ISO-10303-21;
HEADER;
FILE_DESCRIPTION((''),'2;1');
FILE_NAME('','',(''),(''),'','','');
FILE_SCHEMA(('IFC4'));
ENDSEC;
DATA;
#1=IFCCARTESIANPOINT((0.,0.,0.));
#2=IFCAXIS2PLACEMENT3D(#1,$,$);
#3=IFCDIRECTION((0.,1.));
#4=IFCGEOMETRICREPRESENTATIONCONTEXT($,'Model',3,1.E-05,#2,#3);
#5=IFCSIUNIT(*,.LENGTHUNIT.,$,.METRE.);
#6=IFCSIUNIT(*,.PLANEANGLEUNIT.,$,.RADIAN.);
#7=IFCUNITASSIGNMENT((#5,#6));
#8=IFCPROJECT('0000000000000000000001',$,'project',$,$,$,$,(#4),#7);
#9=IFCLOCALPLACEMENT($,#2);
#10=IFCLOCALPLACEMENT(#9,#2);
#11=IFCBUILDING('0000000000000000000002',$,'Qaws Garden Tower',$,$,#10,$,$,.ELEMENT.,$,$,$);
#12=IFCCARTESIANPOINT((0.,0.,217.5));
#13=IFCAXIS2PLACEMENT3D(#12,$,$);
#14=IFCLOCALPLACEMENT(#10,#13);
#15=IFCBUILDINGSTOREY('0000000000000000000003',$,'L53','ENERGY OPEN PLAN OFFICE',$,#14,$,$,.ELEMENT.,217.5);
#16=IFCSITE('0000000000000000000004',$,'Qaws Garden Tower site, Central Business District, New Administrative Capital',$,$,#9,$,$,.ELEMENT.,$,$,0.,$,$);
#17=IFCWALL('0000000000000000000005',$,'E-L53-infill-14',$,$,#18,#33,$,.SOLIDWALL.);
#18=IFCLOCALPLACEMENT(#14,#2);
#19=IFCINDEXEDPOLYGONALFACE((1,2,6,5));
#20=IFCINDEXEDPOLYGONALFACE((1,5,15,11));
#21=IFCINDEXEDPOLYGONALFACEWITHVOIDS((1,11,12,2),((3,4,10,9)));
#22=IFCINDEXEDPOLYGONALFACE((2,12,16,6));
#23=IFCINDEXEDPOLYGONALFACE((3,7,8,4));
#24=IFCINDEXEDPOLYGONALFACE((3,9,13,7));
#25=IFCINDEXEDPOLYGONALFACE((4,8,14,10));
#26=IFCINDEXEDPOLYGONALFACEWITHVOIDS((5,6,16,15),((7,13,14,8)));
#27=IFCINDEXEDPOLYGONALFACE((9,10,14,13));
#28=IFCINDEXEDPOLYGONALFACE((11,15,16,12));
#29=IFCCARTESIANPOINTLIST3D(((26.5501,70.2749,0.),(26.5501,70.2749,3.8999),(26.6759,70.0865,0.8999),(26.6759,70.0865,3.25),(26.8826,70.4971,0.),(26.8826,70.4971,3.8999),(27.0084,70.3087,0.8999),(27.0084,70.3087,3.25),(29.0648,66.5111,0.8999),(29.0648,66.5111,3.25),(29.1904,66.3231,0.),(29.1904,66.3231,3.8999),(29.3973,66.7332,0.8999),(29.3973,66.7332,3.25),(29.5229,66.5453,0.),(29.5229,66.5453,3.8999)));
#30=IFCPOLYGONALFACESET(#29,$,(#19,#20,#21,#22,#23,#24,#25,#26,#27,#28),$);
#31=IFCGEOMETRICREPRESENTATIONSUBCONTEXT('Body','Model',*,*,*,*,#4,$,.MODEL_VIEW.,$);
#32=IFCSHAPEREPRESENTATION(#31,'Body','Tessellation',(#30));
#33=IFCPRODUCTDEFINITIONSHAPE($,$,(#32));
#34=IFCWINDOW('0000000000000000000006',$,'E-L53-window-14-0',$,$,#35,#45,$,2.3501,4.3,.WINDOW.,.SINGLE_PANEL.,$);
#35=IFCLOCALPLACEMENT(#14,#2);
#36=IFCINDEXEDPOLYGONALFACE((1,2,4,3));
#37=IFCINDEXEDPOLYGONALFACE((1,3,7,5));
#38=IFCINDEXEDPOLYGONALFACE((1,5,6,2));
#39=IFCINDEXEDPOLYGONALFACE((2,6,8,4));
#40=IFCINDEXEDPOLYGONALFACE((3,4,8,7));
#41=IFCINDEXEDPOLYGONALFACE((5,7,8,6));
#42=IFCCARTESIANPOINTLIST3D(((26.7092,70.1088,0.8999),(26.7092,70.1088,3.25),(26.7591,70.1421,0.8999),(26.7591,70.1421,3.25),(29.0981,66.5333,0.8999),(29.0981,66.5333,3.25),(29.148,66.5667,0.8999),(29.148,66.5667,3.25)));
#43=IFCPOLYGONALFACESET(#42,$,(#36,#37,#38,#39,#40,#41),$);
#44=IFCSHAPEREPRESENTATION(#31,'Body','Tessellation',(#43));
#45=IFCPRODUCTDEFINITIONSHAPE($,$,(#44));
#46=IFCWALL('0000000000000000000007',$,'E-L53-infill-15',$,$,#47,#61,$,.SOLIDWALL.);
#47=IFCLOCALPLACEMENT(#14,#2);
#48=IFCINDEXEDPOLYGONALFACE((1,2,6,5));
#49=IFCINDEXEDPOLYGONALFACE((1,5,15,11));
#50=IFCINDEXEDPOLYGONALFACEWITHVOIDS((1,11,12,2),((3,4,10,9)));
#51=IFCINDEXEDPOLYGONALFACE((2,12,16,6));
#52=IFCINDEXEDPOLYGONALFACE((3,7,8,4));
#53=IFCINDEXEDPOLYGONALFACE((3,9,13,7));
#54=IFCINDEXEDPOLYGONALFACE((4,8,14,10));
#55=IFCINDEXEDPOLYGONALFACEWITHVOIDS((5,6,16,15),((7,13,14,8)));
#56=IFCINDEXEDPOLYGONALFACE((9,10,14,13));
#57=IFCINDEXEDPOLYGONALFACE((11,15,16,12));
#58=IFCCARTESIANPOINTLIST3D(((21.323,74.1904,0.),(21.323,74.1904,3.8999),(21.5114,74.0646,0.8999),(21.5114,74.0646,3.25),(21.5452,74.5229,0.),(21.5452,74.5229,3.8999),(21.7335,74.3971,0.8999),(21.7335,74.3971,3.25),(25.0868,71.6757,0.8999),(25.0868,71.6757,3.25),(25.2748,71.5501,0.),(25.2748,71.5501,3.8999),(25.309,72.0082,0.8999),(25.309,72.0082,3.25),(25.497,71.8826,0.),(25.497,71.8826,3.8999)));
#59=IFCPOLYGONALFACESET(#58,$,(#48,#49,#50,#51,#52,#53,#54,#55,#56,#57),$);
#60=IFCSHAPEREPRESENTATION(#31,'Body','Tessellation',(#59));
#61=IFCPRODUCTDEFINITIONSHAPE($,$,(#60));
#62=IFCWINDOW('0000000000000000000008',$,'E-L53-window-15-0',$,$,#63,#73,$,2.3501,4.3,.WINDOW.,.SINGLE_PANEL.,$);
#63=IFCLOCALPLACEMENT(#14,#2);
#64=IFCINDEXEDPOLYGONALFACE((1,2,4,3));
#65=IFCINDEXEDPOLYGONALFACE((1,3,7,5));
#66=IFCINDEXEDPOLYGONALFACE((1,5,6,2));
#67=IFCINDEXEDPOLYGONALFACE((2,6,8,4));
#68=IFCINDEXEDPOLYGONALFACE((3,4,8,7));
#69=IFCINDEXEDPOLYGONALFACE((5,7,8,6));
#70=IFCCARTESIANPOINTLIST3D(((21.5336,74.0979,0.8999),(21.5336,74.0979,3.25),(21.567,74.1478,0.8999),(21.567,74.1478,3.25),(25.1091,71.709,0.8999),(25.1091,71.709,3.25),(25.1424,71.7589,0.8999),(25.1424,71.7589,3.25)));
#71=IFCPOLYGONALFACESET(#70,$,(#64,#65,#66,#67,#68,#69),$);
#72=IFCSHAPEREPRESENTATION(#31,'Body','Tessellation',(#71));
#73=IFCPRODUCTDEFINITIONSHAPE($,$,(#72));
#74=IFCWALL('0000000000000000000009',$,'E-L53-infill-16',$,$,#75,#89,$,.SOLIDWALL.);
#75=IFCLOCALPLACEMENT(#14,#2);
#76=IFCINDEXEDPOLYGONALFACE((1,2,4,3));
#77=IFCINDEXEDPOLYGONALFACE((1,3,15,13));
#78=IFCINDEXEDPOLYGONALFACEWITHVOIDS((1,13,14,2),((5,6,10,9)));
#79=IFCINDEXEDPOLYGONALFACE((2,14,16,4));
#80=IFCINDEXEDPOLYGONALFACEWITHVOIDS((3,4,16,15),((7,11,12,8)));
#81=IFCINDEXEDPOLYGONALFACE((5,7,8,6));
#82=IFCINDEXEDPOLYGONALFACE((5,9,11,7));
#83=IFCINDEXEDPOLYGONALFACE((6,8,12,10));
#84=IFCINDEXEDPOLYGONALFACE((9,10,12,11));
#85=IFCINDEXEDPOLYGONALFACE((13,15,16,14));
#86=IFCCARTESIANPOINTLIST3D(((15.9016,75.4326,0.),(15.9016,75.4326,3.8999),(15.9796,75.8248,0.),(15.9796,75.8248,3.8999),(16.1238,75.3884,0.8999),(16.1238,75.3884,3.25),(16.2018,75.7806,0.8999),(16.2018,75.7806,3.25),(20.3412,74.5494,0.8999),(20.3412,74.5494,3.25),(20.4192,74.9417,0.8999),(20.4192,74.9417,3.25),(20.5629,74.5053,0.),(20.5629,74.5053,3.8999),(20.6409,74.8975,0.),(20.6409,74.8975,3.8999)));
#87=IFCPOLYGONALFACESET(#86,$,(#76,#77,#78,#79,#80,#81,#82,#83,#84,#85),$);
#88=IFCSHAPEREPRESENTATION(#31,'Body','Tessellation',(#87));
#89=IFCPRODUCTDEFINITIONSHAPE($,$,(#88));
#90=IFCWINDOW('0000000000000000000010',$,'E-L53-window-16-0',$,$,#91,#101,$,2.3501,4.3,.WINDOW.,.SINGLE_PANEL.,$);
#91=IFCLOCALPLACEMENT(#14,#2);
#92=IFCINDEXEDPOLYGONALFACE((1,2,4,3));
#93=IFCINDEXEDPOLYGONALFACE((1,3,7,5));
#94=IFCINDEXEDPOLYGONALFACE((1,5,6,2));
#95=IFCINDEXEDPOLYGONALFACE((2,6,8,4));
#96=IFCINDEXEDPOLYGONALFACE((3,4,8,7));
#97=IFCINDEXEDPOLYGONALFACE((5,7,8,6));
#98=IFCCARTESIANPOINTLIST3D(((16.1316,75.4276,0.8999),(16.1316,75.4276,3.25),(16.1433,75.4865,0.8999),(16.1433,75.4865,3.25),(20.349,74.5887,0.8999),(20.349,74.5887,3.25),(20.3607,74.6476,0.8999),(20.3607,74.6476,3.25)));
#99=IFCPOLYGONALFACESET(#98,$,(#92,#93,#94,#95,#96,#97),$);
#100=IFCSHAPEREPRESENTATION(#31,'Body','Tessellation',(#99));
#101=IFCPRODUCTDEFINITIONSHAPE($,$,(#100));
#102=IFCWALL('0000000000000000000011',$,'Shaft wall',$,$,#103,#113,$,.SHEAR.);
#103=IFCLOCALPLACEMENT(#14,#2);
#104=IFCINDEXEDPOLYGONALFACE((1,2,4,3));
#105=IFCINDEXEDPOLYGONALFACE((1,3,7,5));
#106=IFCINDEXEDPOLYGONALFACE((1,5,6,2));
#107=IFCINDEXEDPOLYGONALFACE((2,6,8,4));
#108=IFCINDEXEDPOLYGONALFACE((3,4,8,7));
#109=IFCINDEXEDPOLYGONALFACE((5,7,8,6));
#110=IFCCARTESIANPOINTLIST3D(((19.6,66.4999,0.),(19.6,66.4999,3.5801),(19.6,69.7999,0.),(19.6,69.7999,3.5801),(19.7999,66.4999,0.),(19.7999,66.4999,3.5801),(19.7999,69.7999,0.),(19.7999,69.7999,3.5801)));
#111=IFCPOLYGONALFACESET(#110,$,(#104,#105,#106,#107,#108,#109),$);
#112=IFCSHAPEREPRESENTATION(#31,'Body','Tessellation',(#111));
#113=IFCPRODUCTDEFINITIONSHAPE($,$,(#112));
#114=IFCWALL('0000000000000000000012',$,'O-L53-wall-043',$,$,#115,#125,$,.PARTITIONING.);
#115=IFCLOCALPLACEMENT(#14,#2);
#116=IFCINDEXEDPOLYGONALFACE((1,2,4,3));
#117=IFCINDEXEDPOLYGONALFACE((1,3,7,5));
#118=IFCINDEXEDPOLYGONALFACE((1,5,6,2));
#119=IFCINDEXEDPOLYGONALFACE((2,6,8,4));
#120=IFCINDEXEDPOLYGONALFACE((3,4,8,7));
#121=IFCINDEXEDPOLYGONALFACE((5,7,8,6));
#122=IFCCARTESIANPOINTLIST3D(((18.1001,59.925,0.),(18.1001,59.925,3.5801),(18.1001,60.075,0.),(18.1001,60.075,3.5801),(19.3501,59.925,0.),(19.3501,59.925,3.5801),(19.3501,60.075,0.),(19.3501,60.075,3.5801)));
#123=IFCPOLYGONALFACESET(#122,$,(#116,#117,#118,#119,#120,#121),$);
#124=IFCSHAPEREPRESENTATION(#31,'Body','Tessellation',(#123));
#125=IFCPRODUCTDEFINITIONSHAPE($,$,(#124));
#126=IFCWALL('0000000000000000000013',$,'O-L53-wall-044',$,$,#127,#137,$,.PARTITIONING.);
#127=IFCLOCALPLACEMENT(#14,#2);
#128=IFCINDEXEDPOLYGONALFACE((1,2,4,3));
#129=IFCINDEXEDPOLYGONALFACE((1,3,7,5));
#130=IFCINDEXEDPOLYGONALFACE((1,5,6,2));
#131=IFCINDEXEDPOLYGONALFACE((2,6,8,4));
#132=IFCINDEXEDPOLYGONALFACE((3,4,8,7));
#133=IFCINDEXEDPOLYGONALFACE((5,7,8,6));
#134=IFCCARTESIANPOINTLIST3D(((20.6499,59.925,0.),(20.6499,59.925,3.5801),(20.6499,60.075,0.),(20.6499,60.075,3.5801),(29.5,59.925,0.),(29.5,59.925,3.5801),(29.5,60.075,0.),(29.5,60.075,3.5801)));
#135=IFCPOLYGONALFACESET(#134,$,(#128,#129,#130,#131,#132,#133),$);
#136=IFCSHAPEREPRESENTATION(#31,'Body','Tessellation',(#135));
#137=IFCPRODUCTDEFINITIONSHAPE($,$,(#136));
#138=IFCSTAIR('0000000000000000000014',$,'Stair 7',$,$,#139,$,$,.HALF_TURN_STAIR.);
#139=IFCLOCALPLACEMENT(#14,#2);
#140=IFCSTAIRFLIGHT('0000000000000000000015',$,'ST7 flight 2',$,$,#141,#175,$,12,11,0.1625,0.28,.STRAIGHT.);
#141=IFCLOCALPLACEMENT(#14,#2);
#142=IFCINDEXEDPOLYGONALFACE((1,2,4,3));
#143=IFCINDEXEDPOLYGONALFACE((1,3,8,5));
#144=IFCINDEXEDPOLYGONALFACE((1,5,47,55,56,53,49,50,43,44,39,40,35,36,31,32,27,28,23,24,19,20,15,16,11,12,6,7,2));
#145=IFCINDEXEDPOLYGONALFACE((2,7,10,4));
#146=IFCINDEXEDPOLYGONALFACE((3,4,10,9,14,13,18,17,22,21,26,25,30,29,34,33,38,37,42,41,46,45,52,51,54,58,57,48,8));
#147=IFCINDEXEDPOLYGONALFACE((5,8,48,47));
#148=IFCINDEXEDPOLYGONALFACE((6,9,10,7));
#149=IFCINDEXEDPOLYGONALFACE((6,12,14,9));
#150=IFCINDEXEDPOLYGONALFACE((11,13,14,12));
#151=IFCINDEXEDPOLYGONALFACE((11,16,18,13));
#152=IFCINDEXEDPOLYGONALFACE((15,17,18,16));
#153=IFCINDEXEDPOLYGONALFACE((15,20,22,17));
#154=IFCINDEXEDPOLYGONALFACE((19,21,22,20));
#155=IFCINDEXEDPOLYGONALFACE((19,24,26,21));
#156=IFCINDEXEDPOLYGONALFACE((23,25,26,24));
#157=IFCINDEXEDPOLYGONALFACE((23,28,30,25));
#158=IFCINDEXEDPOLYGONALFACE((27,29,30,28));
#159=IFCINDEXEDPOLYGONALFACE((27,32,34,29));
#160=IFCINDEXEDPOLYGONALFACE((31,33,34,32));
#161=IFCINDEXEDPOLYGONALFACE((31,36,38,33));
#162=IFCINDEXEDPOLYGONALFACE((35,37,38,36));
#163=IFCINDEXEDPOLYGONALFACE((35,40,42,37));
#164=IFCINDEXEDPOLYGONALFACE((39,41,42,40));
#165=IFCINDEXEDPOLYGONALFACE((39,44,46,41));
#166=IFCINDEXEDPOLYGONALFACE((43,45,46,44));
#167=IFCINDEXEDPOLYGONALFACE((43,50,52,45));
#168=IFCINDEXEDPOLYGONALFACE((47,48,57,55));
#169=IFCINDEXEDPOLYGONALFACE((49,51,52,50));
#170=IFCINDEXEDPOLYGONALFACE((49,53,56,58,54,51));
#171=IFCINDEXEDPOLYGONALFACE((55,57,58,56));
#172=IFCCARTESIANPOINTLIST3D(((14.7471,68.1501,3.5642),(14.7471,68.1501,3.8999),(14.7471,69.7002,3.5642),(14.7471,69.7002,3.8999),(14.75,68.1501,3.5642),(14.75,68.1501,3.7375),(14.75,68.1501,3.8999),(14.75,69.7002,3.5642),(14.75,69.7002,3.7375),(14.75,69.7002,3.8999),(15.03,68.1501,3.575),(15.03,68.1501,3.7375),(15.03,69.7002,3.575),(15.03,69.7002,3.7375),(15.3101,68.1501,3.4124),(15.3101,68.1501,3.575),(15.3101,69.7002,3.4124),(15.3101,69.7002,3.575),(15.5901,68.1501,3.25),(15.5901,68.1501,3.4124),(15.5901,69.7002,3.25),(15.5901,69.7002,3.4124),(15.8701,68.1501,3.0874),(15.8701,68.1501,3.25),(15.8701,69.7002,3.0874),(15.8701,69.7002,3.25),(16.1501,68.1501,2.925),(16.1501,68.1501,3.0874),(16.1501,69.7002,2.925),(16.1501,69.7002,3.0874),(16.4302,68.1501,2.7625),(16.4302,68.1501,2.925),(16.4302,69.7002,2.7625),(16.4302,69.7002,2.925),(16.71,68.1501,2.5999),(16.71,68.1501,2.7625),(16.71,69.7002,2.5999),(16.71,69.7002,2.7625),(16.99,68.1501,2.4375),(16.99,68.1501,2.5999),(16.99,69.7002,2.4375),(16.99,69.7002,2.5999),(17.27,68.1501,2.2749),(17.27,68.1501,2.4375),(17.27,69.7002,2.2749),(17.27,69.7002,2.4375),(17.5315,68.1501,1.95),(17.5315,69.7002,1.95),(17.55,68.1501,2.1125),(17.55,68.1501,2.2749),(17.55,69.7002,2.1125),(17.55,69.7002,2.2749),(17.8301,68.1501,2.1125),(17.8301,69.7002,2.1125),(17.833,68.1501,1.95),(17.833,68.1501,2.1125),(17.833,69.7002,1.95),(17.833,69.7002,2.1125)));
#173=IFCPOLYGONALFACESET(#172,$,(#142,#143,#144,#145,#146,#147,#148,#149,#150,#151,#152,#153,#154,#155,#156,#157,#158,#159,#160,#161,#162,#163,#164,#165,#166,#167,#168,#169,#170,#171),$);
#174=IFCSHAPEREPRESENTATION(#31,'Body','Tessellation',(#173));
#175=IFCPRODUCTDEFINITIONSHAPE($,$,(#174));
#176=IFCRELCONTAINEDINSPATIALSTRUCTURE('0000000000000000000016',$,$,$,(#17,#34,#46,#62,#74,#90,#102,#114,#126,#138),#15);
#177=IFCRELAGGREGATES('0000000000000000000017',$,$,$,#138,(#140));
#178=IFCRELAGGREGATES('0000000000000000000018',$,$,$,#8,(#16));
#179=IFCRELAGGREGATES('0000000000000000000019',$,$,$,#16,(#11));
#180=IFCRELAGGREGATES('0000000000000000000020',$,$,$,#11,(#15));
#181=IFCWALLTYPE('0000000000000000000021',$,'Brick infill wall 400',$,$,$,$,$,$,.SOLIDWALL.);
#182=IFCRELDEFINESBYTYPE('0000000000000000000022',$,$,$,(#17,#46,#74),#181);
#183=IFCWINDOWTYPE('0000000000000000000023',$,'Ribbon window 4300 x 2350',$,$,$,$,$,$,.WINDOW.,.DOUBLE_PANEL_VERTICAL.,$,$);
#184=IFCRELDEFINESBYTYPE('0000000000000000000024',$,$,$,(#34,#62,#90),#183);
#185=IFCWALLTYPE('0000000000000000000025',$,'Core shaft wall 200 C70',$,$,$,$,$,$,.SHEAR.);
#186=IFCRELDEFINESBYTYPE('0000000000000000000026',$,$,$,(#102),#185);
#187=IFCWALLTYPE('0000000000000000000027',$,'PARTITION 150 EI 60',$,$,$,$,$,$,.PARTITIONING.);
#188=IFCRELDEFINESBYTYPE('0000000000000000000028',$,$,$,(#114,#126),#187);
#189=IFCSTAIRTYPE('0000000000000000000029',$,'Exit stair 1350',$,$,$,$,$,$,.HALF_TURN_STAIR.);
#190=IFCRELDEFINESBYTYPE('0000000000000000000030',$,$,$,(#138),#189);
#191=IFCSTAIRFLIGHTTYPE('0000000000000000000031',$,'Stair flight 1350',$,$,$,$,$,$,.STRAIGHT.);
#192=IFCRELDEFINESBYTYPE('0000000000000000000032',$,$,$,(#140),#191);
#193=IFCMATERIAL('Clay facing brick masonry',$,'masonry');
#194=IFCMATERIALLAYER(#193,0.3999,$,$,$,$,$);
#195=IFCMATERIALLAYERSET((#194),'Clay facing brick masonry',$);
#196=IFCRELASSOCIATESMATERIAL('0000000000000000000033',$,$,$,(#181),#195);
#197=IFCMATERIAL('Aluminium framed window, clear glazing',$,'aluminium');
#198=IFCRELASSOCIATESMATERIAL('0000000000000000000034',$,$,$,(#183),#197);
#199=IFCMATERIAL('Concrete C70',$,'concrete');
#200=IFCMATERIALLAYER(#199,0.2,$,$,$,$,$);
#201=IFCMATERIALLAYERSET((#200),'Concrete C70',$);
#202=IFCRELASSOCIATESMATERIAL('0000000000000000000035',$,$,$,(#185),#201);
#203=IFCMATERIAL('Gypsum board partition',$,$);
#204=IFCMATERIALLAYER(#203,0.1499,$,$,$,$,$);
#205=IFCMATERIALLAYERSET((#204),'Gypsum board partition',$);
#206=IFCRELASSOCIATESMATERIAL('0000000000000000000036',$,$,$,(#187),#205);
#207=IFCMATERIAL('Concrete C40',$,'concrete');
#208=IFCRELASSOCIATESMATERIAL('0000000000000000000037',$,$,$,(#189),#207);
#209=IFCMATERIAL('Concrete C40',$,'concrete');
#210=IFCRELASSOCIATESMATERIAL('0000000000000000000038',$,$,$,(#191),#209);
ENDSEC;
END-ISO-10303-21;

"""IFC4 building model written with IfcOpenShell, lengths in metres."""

from ifc_helpers import new_model, si_unit, direction, frame, frame_2d, origin, place, context, subcontext, project, spatial, polyline, rectangle, outline, extrude, material, layer, layer_set, type_object, element, fill, aggregate, save


model = new_model("IFC4")

# Units and contexts
model_context = context("Model", 3, precision=1e-05, world=origin(), true_north=direction((0.0, 1.0)))
body_context = subcontext(model_context, "Body", "Model", "MODEL_VIEW")
ifc_project = project(units=[si_unit("LENGTHUNIT", "METRE"), si_unit("PLANEANGLEUNIT", "RADIAN")], contexts=[model_context])

# Site, building, storey
site_placement = place(None, origin())
site = spatial("IfcSite", under=ifc_project, at=site_placement, Name="Qaws Garden Tower site, Central Business District, New Administrative Capital", CompositionType="ELEMENT", RefElevation=0.0)
building_placement = place(site_placement, origin())
building = spatial("IfcBuilding", under=site, at=building_placement, Name="Qaws Garden Tower", CompositionType="ELEMENT")
storey_placement = place(building_placement, frame((0.0, 0.0, 217.5)))
storey = spatial("IfcBuildingStorey", under=building, at=storey_placement, Name="L53", Description="ENERGY OPEN PLAN OFFICE", CompositionType="ELEMENT", Elevation=217.5)

# Walls, openings, windows
ifc_material_1 = material(Name="Clay facing brick masonry", Category="masonry")
ifc_layer_1 = layer(ifc_material_1, 0.3999)
ifc_layer_set_1 = layer_set([ifc_layer_1], Name="Clay facing brick masonry")
wall_type_1 = type_object("IfcWallType", Name="Brick infill wall 400", PredefinedType="SOLIDWALL", material=ifc_layer_set_1)
ifc_material_2 = material(Name="Aluminium framed window, clear glazing", Category="aluminium")
window_type = type_object("IfcWindowType", Name="Ribbon window 4300 x 2350", PartitioningType="DOUBLE_PANEL_VERTICAL", PredefinedType="WINDOW", material=ifc_material_2)
wall_1_placement = place(storey_placement, frame((29.3567, 66.4341, 0.0), z_axis=(0.0, 0.0, 1.0), x_axis=(-0.555542, 0.831489, 0.0)))
wall_1 = element("IfcWall", 1, at=wall_1_placement, inside=storey, type_object=wall_type_1, Name="E-L53-infill-14", PredefinedType="SOLIDWALL", context=body_context, shape_type="SweptSolid", body=[
    extrude(rectangle(XDim=4.7527, YDim=0.3999, at=frame_2d((2.3765, 0.0))), origin(), (0.0, 0.0, 1.0), 3.8999),
])
opening_1_placement = place(wall_1_placement, frame((0.2263, 0.0, 0.8999)))
opening_1 = element("IfcOpeningElement", 2, at=opening_1_placement, cuts=wall_1, PredefinedType="OPENING", context=body_context, shape_type="SweptSolid", body=[
    extrude(rectangle(XDim=4.3, YDim=2.3501, at=frame_2d((2.1499, 1.175))), frame((0.0, 0.21, 0.0), z_axis=(0.0, -1.0, 0.0), x_axis=(1.0, 0.0, 0.0)), (0.0, 0.0, 1.0), 0.4199),
])
window_1_placement = place(opening_1_placement, origin())
window_1 = element("IfcWindow", 3, at=window_1_placement, inside=storey, type_object=window_type, Name="E-L53-window-14-0", OverallHeight=2.3501, OverallWidth=4.3, PartitioningType="SINGLE_PANEL", PredefinedType="WINDOW", context=body_context, shape_type="SweptSolid", body=[
    extrude(rectangle(XDim=4.3, YDim=2.3501, at=frame_2d((2.1499, 1.175))), frame((0.0, 0.1599, 0.0), z_axis=(0.0, -1.0, 0.0), x_axis=(1.0, 0.0, 0.0)), (0.0, 0.0, 1.0), 0.0601),
])
fill(opening_1, window_1)
wall_2_placement = place(storey_placement, frame((25.386, 71.7163, 0.0), z_axis=(0.0, 0.0, 1.0), x_axis=(-0.831489, 0.555542, 0.0)))
wall_2 = element("IfcWall", 4, at=wall_2_placement, inside=storey, type_object=wall_type_1, Name="E-L53-infill-15", PredefinedType="SOLIDWALL", context=body_context, shape_type="SweptSolid", body=[
    extrude(rectangle(XDim=4.7527, YDim=0.3999, at=frame_2d((2.3765, 0.0))), origin(), (0.0, 0.0, 1.0), 3.8999),
])
opening_2_placement = place(wall_2_placement, frame((0.2263, 0.0, 0.8999)))
opening_2 = element("IfcOpeningElement", 5, at=opening_2_placement, cuts=wall_2, PredefinedType="OPENING", context=body_context, shape_type="SweptSolid", body=[
    extrude(rectangle(XDim=4.3, YDim=2.3501, at=frame_2d((2.1499, 1.175))), frame((0.0, 0.21, 0.0), z_axis=(0.0, -1.0, 0.0), x_axis=(1.0, 0.0, 0.0)), (0.0, 0.0, 1.0), 0.4199),
])
window_2_placement = place(opening_2_placement, origin())
window_2 = element("IfcWindow", 6, at=window_2_placement, inside=storey, type_object=window_type, Name="E-L53-window-15-0", OverallHeight=2.3501, OverallWidth=4.3, PartitioningType="SINGLE_PANEL", PredefinedType="WINDOW", context=body_context, shape_type="SweptSolid", body=[
    extrude(rectangle(XDim=4.3, YDim=2.3501, at=frame_2d((2.1499, 1.175))), frame((0.0, 0.1599, 0.0), z_axis=(0.0, -1.0, 0.0), x_axis=(1.0, 0.0, 0.0)), (0.0, 0.0, 1.0), 0.0601),
])
fill(opening_2, window_2)
wall_3_placement = place(storey_placement, frame((20.6021, 74.7014, 0.0), z_axis=(0.0, 0.0, 1.0), x_axis=(-0.980784, 0.195099, 0.0)))
wall_3 = element("IfcWall", 7, at=wall_3_placement, inside=storey, type_object=wall_type_1, Name="E-L53-infill-16", PredefinedType="SOLIDWALL", context=body_context, shape_type="SweptSolid", body=[
    extrude(rectangle(XDim=4.7527, YDim=0.3999, at=frame_2d((2.3765, 0.0))), origin(), (0.0, 0.0, 1.0), 3.8999),
])
opening_3_placement = place(wall_3_placement, frame((0.2263, 0.0, 0.8999)))
opening_3 = element("IfcOpeningElement", 8, at=opening_3_placement, cuts=wall_3, PredefinedType="OPENING", context=body_context, shape_type="SweptSolid", body=[
    extrude(rectangle(XDim=4.3, YDim=2.3501, at=frame_2d((2.1499, 1.175))), frame((0.0, 0.21, 0.0), z_axis=(0.0, -1.0, 0.0), x_axis=(1.0, 0.0, 0.0)), (0.0, 0.0, 1.0), 0.4199),
])
window_3_placement = place(opening_3_placement, origin())
window_3 = element("IfcWindow", 9, at=window_3_placement, inside=storey, type_object=window_type, Name="E-L53-window-16-0", OverallHeight=2.3501, OverallWidth=4.3, PartitioningType="SINGLE_PANEL", PredefinedType="WINDOW", context=body_context, shape_type="SweptSolid", body=[
    extrude(rectangle(XDim=4.3, YDim=2.3501, at=frame_2d((2.1499, 1.175))), frame((0.0, 0.1599, 0.0), z_axis=(0.0, -1.0, 0.0), x_axis=(1.0, 0.0, 0.0)), (0.0, 0.0, 1.0), 0.0601),
])
fill(opening_3, window_3)

# Walls
ifc_material_3 = material(Name="Concrete C70", Category="concrete")
ifc_layer_2 = layer(ifc_material_3, 0.2)
ifc_layer_set_2 = layer_set([ifc_layer_2], Name="Concrete C70")
wall_type_2 = type_object("IfcWallType", Name="Core shaft wall 200 C70", PredefinedType="SHEAR", material=ifc_layer_set_2)
wall_4_placement = place(storey_placement, frame((19.7, 66.5, 0.0), z_axis=(0.0, 0.0, 1.0), x_axis=(0.0, 1.0, 0.0)))
element("IfcWall", 10, at=wall_4_placement, inside=storey, type_object=wall_type_2, Name="Shaft wall", PredefinedType="SHEAR", context=body_context, shape_type="SweptSolid", body=[
    extrude(rectangle(XDim=3.3, YDim=0.2, at=frame_2d((1.6499, 0.0))), origin(), (0.0, 0.0, 1.0), 3.5801),
])
ifc_material_4 = material(Name="Gypsum board partition")
ifc_layer_3 = layer(ifc_material_4, 0.1499)
ifc_layer_set_3 = layer_set([ifc_layer_3], Name="Gypsum board partition")
wall_type_3 = type_object("IfcWallType", Name="PARTITION 150 EI 60", PredefinedType="PARTITIONING", material=ifc_layer_set_3)
wall_5_placement = place(storey_placement, frame((18.1001, 60.0, 0.0), z_axis=(0.0, 0.0, 1.0), x_axis=(1.0, 0.0, 0.0)))
element("IfcWall", 11, at=wall_5_placement, inside=storey, type_object=wall_type_3, Name="O-L53-wall-043", PredefinedType="PARTITIONING", context=body_context, shape_type="SweptSolid", body=[
    extrude(rectangle(XDim=1.25, YDim=0.1499, at=frame_2d((0.625, 0.0))), origin(), (0.0, 0.0, 1.0), 3.5801),
])
wall_6_placement = place(storey_placement, frame((20.6499, 60.0, 0.0), z_axis=(0.0, 0.0, 1.0), x_axis=(1.0, 0.0, 0.0)))
element("IfcWall", 12, at=wall_6_placement, inside=storey, type_object=wall_type_3, Name="O-L53-wall-044", PredefinedType="PARTITIONING", context=body_context, shape_type="SweptSolid", body=[
    extrude(rectangle(XDim=8.8501, YDim=0.1499, at=frame_2d((4.425, 0.0))), origin(), (0.0, 0.0, 1.0), 3.5801),
])

# Stair, stair flight
ifc_material_5 = material(Name="Concrete C40", Category="concrete")
stair_type = type_object("IfcStairType", Name="Exit stair 1350", PredefinedType="HALF_TURN_STAIR", material=ifc_material_5)
stair_placement = place(storey_placement, origin())
stair = element("IfcStair", 13, at=stair_placement, inside=storey, type_object=stair_type, Name="Stair 7", PredefinedType="HALF_TURN_STAIR")
ifc_material_6 = material(Name="Concrete C40", Category="concrete")
stair_flight_type = type_object("IfcStairFlightType", Name="Stair flight 1350", PredefinedType="STRAIGHT", material=ifc_material_6)
stair_flight_placement = place(storey_placement, frame((17.8301, 68.925, 1.95), z_axis=(0.0, 0.0, 1.0), x_axis=(-1.0, 0.0, 0.0)))
stair_flight = element("IfcStairFlight", 14, at=stair_flight_placement, type_object=stair_flight_type, Name="ST7 flight 2", NumberOfRisers=12, NumberOfTreads=11, PredefinedType="STRAIGHT", RiserHeight=0.1625, TreadLength=0.28, context=body_context, shape_type="SweptSolid", body=[
    extrude(outline(polyline([(-0.0029, 0.0), (-0.0029, 0.1626), (0.0, 0.1626), (0.28, 0.1626), (0.28, 0.325), (0.5601, 0.325), (0.5601, 0.4875), (0.8401, 0.4875), (0.8401, 0.6499), (1.1201, 0.6499), (1.1201, 0.8125), (1.3999, 0.8125), (1.3999, 0.9751), (1.6799, 0.9751), (1.6799, 1.1375), (1.96, 1.1375), (1.96, 1.3), (2.24, 1.3), (2.24, 1.4624), (2.52, 1.4624), (2.52, 1.625), (2.8, 1.625), (2.8, 1.7876), (3.0801, 1.7876), (3.0801, 1.95), (3.083, 1.95), (3.083, 1.6143), (3.0801, 1.6143), (0.2986, 0.0), (-0.0029, 0.0)])), frame((0.0, 0.7749, 0.0), z_axis=(0.0, -1.0, 0.0), x_axis=(1.0, 0.0, 0.0)), (0.0, 0.0, 1.0), 1.55),
])
aggregate(stair, [stair_flight])

save(model, "model.ifc")
